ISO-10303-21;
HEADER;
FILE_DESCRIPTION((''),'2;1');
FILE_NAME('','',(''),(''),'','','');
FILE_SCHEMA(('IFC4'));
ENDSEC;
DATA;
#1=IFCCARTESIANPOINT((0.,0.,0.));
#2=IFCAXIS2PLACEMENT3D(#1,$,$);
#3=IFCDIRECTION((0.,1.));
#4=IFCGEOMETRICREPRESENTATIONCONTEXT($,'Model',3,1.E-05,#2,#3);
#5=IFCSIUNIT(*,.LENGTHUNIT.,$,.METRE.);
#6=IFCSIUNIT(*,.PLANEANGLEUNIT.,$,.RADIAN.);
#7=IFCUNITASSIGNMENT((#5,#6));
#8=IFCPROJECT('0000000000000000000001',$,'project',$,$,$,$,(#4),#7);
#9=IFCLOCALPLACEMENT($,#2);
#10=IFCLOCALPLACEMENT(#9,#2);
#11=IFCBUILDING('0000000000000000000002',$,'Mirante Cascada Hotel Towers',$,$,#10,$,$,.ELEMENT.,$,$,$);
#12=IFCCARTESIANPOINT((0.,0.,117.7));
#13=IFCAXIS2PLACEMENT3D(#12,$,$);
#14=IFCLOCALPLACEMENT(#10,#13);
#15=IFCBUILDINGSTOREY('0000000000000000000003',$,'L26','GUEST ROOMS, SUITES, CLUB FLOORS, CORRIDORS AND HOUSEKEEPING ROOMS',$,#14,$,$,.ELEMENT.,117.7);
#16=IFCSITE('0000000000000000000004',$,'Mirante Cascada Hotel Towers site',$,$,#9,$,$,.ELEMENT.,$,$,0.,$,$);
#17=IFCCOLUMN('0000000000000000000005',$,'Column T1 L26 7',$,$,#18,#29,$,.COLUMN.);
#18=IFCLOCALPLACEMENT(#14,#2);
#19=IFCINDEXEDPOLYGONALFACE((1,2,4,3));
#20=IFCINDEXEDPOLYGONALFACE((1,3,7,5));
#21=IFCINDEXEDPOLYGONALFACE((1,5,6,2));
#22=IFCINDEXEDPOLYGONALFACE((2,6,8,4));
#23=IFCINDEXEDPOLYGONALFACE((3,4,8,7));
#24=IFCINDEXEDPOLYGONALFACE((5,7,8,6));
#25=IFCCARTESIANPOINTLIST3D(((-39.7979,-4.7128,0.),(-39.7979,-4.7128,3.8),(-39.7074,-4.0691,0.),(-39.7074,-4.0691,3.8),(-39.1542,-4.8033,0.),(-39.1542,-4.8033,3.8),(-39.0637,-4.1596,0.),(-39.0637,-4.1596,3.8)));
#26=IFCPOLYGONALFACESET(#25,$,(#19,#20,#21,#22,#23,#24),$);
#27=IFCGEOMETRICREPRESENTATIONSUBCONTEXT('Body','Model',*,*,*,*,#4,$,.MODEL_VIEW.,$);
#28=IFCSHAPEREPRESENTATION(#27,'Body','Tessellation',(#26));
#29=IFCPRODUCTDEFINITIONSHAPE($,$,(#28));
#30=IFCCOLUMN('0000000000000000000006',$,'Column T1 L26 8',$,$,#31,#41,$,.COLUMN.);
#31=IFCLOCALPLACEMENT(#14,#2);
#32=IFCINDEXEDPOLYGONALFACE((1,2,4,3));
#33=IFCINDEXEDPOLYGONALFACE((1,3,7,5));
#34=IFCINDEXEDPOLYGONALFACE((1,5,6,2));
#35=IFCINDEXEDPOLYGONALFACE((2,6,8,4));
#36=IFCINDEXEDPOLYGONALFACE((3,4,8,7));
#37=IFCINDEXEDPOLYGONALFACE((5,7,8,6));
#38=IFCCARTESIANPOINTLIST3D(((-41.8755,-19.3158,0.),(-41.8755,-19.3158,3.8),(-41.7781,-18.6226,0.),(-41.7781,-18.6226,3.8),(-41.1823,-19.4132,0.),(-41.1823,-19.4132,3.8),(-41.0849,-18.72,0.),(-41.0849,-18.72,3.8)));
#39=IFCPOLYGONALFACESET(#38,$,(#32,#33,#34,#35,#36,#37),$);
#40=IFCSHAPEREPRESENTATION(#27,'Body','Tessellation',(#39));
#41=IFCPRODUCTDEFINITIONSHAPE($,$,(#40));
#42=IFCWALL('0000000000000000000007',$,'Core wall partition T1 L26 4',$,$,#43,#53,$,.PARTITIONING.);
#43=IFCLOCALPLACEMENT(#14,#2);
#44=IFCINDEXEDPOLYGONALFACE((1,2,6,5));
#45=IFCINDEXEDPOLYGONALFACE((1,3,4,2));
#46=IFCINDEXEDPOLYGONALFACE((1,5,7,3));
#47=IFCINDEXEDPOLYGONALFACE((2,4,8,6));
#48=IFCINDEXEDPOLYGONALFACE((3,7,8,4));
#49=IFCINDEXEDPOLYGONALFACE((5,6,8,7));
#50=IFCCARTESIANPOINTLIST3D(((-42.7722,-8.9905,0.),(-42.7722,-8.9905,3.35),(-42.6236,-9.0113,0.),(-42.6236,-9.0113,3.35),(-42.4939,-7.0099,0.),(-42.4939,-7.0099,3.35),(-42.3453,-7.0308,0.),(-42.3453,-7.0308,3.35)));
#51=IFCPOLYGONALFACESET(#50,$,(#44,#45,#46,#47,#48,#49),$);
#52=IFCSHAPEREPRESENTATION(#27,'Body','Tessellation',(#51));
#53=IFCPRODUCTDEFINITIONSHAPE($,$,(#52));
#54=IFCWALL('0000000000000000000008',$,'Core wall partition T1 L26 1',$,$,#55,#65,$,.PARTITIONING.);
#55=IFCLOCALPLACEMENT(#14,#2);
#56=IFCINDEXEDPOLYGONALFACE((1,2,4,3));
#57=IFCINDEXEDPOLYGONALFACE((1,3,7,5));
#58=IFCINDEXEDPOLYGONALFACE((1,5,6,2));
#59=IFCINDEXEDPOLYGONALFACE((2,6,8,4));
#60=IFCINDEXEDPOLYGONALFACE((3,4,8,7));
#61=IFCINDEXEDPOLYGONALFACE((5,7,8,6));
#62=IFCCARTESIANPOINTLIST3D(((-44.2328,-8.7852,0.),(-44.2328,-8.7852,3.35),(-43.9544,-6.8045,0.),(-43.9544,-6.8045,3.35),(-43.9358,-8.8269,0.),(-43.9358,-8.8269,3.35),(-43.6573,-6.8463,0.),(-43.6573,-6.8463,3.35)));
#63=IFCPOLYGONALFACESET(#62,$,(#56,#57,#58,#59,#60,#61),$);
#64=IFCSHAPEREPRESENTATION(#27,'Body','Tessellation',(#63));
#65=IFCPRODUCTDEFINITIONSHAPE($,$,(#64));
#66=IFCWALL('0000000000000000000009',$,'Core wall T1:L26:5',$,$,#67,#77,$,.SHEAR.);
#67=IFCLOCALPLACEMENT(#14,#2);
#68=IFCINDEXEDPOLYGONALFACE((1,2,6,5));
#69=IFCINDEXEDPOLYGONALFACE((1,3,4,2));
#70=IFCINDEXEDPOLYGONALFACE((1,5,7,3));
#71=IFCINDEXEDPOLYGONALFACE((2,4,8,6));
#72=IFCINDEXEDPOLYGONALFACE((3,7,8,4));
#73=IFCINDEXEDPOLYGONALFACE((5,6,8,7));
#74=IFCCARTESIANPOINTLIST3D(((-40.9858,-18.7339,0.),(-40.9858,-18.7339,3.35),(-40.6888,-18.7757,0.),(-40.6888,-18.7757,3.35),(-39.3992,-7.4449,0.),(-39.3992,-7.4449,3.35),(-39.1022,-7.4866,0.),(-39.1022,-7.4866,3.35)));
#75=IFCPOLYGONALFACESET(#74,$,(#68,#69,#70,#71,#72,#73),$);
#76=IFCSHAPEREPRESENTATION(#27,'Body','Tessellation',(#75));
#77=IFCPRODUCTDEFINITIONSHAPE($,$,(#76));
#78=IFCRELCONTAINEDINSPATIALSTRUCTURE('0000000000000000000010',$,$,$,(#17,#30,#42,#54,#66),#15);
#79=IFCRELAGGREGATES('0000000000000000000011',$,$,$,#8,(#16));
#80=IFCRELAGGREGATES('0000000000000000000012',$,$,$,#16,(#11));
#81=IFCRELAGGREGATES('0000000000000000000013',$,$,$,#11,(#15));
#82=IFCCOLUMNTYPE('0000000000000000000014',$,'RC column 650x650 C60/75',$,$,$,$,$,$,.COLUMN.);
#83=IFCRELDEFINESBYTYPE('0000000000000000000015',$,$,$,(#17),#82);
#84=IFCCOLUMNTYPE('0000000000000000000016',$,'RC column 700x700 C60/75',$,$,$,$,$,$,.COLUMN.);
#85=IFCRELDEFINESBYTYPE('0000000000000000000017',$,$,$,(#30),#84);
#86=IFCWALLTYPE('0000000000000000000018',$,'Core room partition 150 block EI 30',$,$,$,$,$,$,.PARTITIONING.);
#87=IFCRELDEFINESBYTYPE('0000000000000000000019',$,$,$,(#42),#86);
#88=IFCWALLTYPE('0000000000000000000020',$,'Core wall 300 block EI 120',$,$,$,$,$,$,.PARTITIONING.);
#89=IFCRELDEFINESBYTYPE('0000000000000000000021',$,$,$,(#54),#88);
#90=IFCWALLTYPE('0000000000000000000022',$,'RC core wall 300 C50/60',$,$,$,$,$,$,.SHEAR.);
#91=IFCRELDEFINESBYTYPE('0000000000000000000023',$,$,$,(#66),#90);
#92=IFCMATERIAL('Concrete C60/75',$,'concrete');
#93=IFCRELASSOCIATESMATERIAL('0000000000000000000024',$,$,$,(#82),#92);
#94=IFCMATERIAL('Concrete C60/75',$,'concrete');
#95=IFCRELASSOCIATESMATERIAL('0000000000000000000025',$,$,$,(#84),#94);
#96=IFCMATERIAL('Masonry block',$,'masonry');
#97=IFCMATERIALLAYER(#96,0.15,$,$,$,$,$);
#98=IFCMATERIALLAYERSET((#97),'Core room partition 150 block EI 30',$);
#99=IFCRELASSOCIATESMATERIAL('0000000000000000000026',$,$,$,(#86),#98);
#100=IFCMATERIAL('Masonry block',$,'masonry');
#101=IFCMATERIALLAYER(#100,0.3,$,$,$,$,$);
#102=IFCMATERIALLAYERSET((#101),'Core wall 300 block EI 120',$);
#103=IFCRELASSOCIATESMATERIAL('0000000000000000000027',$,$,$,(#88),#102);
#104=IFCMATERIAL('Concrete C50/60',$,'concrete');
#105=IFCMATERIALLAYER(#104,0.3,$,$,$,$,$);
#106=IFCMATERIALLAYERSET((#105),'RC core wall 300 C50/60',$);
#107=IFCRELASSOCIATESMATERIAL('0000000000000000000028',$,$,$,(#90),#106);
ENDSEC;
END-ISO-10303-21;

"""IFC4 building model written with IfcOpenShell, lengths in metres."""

from ifc_helpers import new_model, si_unit, direction, frame, frame_2d, origin, origin_2d, place, context, subcontext, project, spatial, rectangle, extrude, material, layer, layer_set, material_profile, profile_set, type_object, element, save


model = new_model("IFC4")

# Units and contexts
model_context = context("Model", 3, precision=1e-05, world=origin(), true_north=direction((0.0, 1.0)))
body_context = subcontext(model_context, "Body", "Model", "MODEL_VIEW")
ifc_project = project(units=[si_unit("LENGTHUNIT", "METRE"), si_unit("PLANEANGLEUNIT", "RADIAN")], contexts=[model_context])

# Site, building, storey
site_placement = place(None, origin())
site = spatial("IfcSite", under=ifc_project, at=site_placement, Name="Mirante Cascada Hotel Towers site", CompositionType="ELEMENT", RefElevation=0.0)
building_placement = place(site_placement, origin())
building = spatial("IfcBuilding", under=site, at=building_placement, Name="Mirante Cascada Hotel Towers", CompositionType="ELEMENT")
storey_placement = place(building_placement, frame((0.0, 0.0, 117.7)))
storey = spatial("IfcBuildingStorey", under=building, at=storey_placement, Name="L26", Description="GUEST ROOMS, SUITES, CLUB FLOORS, CORRIDORS AND HOUSEKEEPING ROOMS", CompositionType="ELEMENT", Elevation=117.7)

# Columns
ifc_material_1 = material(Name="Concrete C60/75", Category="concrete")
ifc_material_profile_1 = material_profile(ifc_material_1, rectangle(XDim=0.65, YDim=0.65, at=origin_2d()), Name="RC column 650x650 C60/75")
ifc_profile_set_1 = profile_set([ifc_material_profile_1], Name="Concrete C60/75")
column_type_1 = type_object("IfcColumnType", Name="RC column 650x650 C60/75", PredefinedType="COLUMN", material=ifc_profile_set_1)
column_1_placement = place(storey_placement, frame((-39.4308, -4.4362, 0.0), z_axis=(0.0, 0.0, 1.0), x_axis=(-0.990268, 0.139173, 0.0)))
element("IfcColumn", 1, at=column_1_placement, inside=storey, type_object=column_type_1, Name="Column T1 L26 7", PredefinedType="COLUMN", context=body_context, shape_type="SweptSolid", body=[
    extrude(rectangle(XDim=0.65, YDim=0.65, at=origin_2d()), origin(), (0.0, 0.0, 1.0), 3.8),
])
ifc_material_2 = material(Name="Concrete C60/75", Category="concrete")
ifc_material_profile_2 = material_profile(ifc_material_2, rectangle(XDim=0.7, YDim=0.7, at=origin_2d()), Name="RC column 700x700 C60/75")
ifc_profile_set_2 = profile_set([ifc_material_profile_2], Name="Concrete C60/75")
column_type_2 = type_object("IfcColumnType", Name="RC column 700x700 C60/75", PredefinedType="COLUMN", material=ifc_profile_set_2)
column_2_placement = place(storey_placement, frame((-41.4802, -19.0179, 0.0), z_axis=(0.0, 0.0, 1.0), x_axis=(-0.990268, 0.139173, 0.0)))
element("IfcColumn", 2, at=column_2_placement, inside=storey, type_object=column_type_2, Name="Column T1 L26 8", PredefinedType="COLUMN", context=body_context, shape_type="SweptSolid", body=[
    extrude(rectangle(XDim=0.7, YDim=0.7, at=origin_2d()), origin(), (0.0, 0.0, 1.0), 3.8),
])

# Walls
ifc_material_3 = material(Name="Masonry block", Category="masonry")
ifc_layer_1 = layer(ifc_material_3, 0.15)
ifc_layer_set_1 = layer_set([ifc_layer_1], Name="Core room partition 150 block EI 30")
wall_type_1 = type_object("IfcWallType", Name="Core room partition 150 block EI 30", PredefinedType="PARTITIONING", material=ifc_layer_set_1)
wall_1_placement = place(storey_placement, frame((-42.6979, -9.0009, 0.0), z_axis=(0.0, 0.0, 1.0), x_axis=(0.139153, 0.990271, 0.0)))
element("IfcWall", 3, at=wall_1_placement, inside=storey, type_object=wall_type_1, Name="Core wall partition T1 L26 4", PredefinedType="PARTITIONING", context=body_context, shape_type="SweptSolid", body=[
    extrude(rectangle(XDim=2.0, YDim=0.15, at=frame_2d((1.0, 0.0))), origin(), (0.0, 0.0, 1.0), 3.35),
])
ifc_material_4 = material(Name="Masonry block", Category="masonry")
ifc_layer_2 = layer(ifc_material_4, 0.3)
ifc_layer_set_2 = layer_set([ifc_layer_2], Name="Core wall 300 block EI 120")
wall_type_2 = type_object("IfcWallType", Name="Core wall 300 block EI 120", PredefinedType="PARTITIONING", material=ifc_layer_set_2)
wall_2_placement = place(storey_placement, frame((-44.0843, -8.8061, 0.0), z_axis=(0.0, 0.0, 1.0), x_axis=(0.139195, 0.990265, 0.0)))
element("IfcWall", 4, at=wall_2_placement, inside=storey, type_object=wall_type_2, Name="Core wall partition T1 L26 1", PredefinedType="PARTITIONING", context=body_context, shape_type="SweptSolid", body=[
    extrude(rectangle(XDim=2.0001, YDim=0.3, at=frame_2d((1.0001, 0.0))), origin(), (0.0, 0.0, 1.0), 3.35),
])
ifc_material_5 = material(Name="Concrete C50/60", Category="concrete")
ifc_layer_3 = layer(ifc_material_5, 0.3)
ifc_layer_set_3 = layer_set([ifc_layer_3], Name="RC core wall 300 C50/60")
wall_type_3 = type_object("IfcWallType", Name="RC core wall 300 C50/60", PredefinedType="SHEAR", material=ifc_layer_set_3)
wall_3_placement = place(storey_placement, frame((-40.8373, -18.7548, 0.0), z_axis=(0.0, 0.0, 1.0), x_axis=(0.139175, 0.990268, 0.0)))
element("IfcWall", 5, at=wall_3_placement, inside=storey, type_object=wall_type_3, Name="Core wall T1:L26:5", PredefinedType="SHEAR", context=body_context, shape_type="SweptSolid", body=[
    extrude(rectangle(XDim=11.4, YDim=0.3, at=frame_2d((5.7, 0.0))), origin(), (0.0, 0.0, 1.0), 3.35),
])

save(model, "model.ifc")
